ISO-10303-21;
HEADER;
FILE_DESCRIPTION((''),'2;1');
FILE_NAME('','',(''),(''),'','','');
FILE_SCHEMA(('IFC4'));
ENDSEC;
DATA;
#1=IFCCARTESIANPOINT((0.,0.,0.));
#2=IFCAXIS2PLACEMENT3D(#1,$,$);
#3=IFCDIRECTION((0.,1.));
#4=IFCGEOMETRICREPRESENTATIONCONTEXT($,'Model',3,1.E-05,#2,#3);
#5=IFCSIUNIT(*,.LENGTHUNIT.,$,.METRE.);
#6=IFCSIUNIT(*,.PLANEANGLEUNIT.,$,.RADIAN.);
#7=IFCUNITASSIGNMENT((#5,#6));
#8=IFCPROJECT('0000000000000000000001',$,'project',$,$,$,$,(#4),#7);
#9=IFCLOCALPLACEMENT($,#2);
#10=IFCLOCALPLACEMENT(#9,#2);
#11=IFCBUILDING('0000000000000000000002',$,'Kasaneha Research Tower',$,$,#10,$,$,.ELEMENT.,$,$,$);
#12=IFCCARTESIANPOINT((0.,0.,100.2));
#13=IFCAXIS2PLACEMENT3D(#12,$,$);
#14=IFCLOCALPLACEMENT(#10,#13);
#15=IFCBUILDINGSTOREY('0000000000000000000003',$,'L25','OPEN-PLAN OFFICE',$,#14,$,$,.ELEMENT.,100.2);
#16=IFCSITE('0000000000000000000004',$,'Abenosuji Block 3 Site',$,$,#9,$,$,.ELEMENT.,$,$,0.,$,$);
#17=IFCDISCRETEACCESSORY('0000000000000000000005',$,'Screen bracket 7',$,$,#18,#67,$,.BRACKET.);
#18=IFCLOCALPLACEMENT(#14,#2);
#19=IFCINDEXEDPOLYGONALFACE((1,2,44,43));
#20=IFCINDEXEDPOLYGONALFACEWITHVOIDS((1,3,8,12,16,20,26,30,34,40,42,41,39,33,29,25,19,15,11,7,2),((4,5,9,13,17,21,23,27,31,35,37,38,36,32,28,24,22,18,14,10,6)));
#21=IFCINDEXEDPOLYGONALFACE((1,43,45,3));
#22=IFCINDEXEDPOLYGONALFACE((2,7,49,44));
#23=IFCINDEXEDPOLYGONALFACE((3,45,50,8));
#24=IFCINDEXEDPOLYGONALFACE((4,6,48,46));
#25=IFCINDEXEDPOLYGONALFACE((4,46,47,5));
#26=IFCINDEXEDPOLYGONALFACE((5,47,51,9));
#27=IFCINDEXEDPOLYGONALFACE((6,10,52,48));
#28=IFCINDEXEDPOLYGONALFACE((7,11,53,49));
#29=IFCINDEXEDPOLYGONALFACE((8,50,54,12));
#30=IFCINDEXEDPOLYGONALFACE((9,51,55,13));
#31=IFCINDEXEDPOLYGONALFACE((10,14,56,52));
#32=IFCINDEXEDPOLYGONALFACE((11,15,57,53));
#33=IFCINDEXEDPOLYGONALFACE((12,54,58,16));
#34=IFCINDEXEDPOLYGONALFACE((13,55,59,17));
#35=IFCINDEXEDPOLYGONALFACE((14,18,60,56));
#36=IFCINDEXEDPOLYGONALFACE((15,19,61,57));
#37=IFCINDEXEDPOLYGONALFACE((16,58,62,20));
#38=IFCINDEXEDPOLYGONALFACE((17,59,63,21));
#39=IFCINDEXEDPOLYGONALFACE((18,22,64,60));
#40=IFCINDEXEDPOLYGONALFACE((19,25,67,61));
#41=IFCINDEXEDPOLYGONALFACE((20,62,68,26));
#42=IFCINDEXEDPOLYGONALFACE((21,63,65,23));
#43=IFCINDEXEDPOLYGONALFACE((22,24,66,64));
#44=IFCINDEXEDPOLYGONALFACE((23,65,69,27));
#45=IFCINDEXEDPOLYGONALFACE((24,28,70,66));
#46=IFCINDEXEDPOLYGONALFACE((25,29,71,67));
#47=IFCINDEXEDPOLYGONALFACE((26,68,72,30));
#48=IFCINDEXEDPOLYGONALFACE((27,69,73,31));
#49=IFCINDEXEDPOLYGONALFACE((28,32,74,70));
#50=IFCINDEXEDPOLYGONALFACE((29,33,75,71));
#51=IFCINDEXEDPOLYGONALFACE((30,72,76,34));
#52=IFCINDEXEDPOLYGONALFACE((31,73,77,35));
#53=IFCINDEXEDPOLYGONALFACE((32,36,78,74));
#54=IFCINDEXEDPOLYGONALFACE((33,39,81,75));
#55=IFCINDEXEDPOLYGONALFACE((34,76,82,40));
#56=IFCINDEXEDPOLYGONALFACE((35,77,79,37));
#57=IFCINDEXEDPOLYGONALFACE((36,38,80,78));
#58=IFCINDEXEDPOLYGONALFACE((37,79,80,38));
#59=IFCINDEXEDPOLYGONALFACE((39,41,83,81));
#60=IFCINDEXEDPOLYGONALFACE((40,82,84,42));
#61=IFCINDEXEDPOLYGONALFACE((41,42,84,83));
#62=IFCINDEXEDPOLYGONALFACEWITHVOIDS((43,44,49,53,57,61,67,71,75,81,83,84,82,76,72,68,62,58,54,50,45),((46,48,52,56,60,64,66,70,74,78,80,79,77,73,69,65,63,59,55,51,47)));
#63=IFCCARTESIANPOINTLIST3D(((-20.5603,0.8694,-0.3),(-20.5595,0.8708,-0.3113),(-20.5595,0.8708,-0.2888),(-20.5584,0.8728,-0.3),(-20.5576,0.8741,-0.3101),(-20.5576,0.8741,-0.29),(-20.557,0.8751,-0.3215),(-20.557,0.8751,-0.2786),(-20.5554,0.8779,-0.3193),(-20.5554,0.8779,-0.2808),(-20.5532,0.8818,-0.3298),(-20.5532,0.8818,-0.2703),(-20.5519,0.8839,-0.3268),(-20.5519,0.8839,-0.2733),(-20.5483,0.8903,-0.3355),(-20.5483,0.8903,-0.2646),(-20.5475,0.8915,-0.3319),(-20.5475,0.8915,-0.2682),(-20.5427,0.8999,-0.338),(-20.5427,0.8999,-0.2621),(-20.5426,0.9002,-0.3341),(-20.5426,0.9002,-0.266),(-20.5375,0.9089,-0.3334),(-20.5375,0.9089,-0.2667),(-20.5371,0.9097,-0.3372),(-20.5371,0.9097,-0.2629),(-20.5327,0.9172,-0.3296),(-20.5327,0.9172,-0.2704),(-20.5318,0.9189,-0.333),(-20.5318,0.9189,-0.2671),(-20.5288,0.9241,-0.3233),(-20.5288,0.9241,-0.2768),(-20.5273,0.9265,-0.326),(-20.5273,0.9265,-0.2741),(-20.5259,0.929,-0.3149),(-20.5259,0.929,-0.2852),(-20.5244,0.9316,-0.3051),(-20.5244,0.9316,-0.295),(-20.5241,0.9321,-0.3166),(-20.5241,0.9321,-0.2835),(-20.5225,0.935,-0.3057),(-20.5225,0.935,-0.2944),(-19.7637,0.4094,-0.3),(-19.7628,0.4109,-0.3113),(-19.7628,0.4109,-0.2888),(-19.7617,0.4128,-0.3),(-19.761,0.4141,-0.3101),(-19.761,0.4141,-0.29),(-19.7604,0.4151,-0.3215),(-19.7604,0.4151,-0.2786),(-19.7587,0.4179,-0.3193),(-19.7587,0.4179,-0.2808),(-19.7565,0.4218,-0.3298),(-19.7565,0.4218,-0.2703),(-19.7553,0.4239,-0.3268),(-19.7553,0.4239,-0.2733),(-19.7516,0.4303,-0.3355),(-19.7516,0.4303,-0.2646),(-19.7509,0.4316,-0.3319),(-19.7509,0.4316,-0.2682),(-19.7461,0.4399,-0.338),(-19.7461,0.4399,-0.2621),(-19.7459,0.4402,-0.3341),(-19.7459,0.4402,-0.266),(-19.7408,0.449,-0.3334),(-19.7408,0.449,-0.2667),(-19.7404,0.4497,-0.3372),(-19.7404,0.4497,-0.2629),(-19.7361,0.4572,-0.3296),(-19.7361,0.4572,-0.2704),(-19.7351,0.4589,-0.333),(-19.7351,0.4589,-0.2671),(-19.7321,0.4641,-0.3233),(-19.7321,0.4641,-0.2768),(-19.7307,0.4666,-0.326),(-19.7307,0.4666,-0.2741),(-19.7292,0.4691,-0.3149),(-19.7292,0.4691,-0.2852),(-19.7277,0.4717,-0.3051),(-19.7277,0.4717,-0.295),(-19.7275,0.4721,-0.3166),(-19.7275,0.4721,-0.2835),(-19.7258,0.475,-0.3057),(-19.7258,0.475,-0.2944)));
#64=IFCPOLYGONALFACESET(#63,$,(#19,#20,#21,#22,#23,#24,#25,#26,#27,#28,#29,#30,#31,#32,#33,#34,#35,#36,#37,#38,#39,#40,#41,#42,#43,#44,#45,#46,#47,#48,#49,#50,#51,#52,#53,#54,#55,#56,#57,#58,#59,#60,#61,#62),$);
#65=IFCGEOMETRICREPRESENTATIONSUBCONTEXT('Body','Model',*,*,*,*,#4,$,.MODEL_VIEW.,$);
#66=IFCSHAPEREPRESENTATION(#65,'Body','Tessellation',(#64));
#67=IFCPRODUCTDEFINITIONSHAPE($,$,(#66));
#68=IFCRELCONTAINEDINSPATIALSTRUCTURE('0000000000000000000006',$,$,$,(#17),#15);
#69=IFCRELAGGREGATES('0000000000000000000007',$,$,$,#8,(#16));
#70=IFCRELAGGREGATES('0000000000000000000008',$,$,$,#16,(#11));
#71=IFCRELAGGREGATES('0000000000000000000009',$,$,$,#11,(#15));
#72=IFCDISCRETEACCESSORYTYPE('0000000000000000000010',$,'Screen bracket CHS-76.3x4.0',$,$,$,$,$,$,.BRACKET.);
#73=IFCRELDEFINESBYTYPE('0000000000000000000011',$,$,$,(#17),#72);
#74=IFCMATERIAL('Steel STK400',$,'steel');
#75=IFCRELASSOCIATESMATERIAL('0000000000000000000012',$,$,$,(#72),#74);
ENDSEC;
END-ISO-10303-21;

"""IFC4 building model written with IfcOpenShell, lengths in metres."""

from ifc_helpers import new_model, si_unit, direction, frame, origin, origin_2d, place, context, subcontext, project, spatial, hollow_circle, extrude, material, material_profile, profile_set, type_object, element, save


model = new_model("IFC4")

# Units and contexts
model_context = context("Model", 3, precision=1e-05, world=origin(), true_north=direction((0.0, 1.0)))
body_context = subcontext(model_context, "Body", "Model", "MODEL_VIEW")
ifc_project = project(units=[si_unit("LENGTHUNIT", "METRE"), si_unit("PLANEANGLEUNIT", "RADIAN")], contexts=[model_context])

# Site, building, storey
site_placement = place(None, origin())
site = spatial("IfcSite", under=ifc_project, at=site_placement, Name="Abenosuji Block 3 Site", CompositionType="ELEMENT", RefElevation=0.0)
building_placement = place(site_placement, origin())
building = spatial("IfcBuilding", under=site, at=building_placement, Name="Kasaneha Research Tower", CompositionType="ELEMENT")
storey_placement = place(building_placement, frame((0.0, 0.0, 100.2)))
storey = spatial("IfcBuildingStorey", under=building, at=storey_placement, Name="L25", Description="OPEN-PLAN OFFICE", CompositionType="ELEMENT", Elevation=100.2)

# Discrete accessory
ifc_material_1 = material(Name="Steel STK400", Category="steel")
ifc_material_profile_1 = material_profile(ifc_material_1, hollow_circle(Radius=0.0381, WallThickness=0.0039, at=origin_2d()), Name="CHS-76.3x4.0")
ifc_profile_set_1 = profile_set([ifc_material_profile_1], Name="Steel STK400")
discrete_accessory_type = type_object("IfcDiscreteAccessoryType", Name="Screen bracket CHS-76.3x4.0", PredefinedType="BRACKET", material=ifc_profile_set_1)
for number, where, z_axis, x_axis, name in (
    (1, (-19.7446, 0.4424, -0.3), (-0.866013, 0.500021, 0.0), (-0.500021, -0.866013, 0.0), "Screen bracket 7"),
):
    element("IfcDiscreteAccessory", number, at=place(storey_placement, frame(where, z_axis=z_axis, x_axis=x_axis)), inside=storey, type_object=discrete_accessory_type, Name=name, PredefinedType="BRACKET", context=body_context, shape_type="SweptSolid", body=[
        extrude(hollow_circle(Radius=0.0381, WallThickness=0.0039, at=origin_2d()), origin(), (0.0, 0.0, 1.0), 0.9199),
    ])

save(model, "model.ifc")
